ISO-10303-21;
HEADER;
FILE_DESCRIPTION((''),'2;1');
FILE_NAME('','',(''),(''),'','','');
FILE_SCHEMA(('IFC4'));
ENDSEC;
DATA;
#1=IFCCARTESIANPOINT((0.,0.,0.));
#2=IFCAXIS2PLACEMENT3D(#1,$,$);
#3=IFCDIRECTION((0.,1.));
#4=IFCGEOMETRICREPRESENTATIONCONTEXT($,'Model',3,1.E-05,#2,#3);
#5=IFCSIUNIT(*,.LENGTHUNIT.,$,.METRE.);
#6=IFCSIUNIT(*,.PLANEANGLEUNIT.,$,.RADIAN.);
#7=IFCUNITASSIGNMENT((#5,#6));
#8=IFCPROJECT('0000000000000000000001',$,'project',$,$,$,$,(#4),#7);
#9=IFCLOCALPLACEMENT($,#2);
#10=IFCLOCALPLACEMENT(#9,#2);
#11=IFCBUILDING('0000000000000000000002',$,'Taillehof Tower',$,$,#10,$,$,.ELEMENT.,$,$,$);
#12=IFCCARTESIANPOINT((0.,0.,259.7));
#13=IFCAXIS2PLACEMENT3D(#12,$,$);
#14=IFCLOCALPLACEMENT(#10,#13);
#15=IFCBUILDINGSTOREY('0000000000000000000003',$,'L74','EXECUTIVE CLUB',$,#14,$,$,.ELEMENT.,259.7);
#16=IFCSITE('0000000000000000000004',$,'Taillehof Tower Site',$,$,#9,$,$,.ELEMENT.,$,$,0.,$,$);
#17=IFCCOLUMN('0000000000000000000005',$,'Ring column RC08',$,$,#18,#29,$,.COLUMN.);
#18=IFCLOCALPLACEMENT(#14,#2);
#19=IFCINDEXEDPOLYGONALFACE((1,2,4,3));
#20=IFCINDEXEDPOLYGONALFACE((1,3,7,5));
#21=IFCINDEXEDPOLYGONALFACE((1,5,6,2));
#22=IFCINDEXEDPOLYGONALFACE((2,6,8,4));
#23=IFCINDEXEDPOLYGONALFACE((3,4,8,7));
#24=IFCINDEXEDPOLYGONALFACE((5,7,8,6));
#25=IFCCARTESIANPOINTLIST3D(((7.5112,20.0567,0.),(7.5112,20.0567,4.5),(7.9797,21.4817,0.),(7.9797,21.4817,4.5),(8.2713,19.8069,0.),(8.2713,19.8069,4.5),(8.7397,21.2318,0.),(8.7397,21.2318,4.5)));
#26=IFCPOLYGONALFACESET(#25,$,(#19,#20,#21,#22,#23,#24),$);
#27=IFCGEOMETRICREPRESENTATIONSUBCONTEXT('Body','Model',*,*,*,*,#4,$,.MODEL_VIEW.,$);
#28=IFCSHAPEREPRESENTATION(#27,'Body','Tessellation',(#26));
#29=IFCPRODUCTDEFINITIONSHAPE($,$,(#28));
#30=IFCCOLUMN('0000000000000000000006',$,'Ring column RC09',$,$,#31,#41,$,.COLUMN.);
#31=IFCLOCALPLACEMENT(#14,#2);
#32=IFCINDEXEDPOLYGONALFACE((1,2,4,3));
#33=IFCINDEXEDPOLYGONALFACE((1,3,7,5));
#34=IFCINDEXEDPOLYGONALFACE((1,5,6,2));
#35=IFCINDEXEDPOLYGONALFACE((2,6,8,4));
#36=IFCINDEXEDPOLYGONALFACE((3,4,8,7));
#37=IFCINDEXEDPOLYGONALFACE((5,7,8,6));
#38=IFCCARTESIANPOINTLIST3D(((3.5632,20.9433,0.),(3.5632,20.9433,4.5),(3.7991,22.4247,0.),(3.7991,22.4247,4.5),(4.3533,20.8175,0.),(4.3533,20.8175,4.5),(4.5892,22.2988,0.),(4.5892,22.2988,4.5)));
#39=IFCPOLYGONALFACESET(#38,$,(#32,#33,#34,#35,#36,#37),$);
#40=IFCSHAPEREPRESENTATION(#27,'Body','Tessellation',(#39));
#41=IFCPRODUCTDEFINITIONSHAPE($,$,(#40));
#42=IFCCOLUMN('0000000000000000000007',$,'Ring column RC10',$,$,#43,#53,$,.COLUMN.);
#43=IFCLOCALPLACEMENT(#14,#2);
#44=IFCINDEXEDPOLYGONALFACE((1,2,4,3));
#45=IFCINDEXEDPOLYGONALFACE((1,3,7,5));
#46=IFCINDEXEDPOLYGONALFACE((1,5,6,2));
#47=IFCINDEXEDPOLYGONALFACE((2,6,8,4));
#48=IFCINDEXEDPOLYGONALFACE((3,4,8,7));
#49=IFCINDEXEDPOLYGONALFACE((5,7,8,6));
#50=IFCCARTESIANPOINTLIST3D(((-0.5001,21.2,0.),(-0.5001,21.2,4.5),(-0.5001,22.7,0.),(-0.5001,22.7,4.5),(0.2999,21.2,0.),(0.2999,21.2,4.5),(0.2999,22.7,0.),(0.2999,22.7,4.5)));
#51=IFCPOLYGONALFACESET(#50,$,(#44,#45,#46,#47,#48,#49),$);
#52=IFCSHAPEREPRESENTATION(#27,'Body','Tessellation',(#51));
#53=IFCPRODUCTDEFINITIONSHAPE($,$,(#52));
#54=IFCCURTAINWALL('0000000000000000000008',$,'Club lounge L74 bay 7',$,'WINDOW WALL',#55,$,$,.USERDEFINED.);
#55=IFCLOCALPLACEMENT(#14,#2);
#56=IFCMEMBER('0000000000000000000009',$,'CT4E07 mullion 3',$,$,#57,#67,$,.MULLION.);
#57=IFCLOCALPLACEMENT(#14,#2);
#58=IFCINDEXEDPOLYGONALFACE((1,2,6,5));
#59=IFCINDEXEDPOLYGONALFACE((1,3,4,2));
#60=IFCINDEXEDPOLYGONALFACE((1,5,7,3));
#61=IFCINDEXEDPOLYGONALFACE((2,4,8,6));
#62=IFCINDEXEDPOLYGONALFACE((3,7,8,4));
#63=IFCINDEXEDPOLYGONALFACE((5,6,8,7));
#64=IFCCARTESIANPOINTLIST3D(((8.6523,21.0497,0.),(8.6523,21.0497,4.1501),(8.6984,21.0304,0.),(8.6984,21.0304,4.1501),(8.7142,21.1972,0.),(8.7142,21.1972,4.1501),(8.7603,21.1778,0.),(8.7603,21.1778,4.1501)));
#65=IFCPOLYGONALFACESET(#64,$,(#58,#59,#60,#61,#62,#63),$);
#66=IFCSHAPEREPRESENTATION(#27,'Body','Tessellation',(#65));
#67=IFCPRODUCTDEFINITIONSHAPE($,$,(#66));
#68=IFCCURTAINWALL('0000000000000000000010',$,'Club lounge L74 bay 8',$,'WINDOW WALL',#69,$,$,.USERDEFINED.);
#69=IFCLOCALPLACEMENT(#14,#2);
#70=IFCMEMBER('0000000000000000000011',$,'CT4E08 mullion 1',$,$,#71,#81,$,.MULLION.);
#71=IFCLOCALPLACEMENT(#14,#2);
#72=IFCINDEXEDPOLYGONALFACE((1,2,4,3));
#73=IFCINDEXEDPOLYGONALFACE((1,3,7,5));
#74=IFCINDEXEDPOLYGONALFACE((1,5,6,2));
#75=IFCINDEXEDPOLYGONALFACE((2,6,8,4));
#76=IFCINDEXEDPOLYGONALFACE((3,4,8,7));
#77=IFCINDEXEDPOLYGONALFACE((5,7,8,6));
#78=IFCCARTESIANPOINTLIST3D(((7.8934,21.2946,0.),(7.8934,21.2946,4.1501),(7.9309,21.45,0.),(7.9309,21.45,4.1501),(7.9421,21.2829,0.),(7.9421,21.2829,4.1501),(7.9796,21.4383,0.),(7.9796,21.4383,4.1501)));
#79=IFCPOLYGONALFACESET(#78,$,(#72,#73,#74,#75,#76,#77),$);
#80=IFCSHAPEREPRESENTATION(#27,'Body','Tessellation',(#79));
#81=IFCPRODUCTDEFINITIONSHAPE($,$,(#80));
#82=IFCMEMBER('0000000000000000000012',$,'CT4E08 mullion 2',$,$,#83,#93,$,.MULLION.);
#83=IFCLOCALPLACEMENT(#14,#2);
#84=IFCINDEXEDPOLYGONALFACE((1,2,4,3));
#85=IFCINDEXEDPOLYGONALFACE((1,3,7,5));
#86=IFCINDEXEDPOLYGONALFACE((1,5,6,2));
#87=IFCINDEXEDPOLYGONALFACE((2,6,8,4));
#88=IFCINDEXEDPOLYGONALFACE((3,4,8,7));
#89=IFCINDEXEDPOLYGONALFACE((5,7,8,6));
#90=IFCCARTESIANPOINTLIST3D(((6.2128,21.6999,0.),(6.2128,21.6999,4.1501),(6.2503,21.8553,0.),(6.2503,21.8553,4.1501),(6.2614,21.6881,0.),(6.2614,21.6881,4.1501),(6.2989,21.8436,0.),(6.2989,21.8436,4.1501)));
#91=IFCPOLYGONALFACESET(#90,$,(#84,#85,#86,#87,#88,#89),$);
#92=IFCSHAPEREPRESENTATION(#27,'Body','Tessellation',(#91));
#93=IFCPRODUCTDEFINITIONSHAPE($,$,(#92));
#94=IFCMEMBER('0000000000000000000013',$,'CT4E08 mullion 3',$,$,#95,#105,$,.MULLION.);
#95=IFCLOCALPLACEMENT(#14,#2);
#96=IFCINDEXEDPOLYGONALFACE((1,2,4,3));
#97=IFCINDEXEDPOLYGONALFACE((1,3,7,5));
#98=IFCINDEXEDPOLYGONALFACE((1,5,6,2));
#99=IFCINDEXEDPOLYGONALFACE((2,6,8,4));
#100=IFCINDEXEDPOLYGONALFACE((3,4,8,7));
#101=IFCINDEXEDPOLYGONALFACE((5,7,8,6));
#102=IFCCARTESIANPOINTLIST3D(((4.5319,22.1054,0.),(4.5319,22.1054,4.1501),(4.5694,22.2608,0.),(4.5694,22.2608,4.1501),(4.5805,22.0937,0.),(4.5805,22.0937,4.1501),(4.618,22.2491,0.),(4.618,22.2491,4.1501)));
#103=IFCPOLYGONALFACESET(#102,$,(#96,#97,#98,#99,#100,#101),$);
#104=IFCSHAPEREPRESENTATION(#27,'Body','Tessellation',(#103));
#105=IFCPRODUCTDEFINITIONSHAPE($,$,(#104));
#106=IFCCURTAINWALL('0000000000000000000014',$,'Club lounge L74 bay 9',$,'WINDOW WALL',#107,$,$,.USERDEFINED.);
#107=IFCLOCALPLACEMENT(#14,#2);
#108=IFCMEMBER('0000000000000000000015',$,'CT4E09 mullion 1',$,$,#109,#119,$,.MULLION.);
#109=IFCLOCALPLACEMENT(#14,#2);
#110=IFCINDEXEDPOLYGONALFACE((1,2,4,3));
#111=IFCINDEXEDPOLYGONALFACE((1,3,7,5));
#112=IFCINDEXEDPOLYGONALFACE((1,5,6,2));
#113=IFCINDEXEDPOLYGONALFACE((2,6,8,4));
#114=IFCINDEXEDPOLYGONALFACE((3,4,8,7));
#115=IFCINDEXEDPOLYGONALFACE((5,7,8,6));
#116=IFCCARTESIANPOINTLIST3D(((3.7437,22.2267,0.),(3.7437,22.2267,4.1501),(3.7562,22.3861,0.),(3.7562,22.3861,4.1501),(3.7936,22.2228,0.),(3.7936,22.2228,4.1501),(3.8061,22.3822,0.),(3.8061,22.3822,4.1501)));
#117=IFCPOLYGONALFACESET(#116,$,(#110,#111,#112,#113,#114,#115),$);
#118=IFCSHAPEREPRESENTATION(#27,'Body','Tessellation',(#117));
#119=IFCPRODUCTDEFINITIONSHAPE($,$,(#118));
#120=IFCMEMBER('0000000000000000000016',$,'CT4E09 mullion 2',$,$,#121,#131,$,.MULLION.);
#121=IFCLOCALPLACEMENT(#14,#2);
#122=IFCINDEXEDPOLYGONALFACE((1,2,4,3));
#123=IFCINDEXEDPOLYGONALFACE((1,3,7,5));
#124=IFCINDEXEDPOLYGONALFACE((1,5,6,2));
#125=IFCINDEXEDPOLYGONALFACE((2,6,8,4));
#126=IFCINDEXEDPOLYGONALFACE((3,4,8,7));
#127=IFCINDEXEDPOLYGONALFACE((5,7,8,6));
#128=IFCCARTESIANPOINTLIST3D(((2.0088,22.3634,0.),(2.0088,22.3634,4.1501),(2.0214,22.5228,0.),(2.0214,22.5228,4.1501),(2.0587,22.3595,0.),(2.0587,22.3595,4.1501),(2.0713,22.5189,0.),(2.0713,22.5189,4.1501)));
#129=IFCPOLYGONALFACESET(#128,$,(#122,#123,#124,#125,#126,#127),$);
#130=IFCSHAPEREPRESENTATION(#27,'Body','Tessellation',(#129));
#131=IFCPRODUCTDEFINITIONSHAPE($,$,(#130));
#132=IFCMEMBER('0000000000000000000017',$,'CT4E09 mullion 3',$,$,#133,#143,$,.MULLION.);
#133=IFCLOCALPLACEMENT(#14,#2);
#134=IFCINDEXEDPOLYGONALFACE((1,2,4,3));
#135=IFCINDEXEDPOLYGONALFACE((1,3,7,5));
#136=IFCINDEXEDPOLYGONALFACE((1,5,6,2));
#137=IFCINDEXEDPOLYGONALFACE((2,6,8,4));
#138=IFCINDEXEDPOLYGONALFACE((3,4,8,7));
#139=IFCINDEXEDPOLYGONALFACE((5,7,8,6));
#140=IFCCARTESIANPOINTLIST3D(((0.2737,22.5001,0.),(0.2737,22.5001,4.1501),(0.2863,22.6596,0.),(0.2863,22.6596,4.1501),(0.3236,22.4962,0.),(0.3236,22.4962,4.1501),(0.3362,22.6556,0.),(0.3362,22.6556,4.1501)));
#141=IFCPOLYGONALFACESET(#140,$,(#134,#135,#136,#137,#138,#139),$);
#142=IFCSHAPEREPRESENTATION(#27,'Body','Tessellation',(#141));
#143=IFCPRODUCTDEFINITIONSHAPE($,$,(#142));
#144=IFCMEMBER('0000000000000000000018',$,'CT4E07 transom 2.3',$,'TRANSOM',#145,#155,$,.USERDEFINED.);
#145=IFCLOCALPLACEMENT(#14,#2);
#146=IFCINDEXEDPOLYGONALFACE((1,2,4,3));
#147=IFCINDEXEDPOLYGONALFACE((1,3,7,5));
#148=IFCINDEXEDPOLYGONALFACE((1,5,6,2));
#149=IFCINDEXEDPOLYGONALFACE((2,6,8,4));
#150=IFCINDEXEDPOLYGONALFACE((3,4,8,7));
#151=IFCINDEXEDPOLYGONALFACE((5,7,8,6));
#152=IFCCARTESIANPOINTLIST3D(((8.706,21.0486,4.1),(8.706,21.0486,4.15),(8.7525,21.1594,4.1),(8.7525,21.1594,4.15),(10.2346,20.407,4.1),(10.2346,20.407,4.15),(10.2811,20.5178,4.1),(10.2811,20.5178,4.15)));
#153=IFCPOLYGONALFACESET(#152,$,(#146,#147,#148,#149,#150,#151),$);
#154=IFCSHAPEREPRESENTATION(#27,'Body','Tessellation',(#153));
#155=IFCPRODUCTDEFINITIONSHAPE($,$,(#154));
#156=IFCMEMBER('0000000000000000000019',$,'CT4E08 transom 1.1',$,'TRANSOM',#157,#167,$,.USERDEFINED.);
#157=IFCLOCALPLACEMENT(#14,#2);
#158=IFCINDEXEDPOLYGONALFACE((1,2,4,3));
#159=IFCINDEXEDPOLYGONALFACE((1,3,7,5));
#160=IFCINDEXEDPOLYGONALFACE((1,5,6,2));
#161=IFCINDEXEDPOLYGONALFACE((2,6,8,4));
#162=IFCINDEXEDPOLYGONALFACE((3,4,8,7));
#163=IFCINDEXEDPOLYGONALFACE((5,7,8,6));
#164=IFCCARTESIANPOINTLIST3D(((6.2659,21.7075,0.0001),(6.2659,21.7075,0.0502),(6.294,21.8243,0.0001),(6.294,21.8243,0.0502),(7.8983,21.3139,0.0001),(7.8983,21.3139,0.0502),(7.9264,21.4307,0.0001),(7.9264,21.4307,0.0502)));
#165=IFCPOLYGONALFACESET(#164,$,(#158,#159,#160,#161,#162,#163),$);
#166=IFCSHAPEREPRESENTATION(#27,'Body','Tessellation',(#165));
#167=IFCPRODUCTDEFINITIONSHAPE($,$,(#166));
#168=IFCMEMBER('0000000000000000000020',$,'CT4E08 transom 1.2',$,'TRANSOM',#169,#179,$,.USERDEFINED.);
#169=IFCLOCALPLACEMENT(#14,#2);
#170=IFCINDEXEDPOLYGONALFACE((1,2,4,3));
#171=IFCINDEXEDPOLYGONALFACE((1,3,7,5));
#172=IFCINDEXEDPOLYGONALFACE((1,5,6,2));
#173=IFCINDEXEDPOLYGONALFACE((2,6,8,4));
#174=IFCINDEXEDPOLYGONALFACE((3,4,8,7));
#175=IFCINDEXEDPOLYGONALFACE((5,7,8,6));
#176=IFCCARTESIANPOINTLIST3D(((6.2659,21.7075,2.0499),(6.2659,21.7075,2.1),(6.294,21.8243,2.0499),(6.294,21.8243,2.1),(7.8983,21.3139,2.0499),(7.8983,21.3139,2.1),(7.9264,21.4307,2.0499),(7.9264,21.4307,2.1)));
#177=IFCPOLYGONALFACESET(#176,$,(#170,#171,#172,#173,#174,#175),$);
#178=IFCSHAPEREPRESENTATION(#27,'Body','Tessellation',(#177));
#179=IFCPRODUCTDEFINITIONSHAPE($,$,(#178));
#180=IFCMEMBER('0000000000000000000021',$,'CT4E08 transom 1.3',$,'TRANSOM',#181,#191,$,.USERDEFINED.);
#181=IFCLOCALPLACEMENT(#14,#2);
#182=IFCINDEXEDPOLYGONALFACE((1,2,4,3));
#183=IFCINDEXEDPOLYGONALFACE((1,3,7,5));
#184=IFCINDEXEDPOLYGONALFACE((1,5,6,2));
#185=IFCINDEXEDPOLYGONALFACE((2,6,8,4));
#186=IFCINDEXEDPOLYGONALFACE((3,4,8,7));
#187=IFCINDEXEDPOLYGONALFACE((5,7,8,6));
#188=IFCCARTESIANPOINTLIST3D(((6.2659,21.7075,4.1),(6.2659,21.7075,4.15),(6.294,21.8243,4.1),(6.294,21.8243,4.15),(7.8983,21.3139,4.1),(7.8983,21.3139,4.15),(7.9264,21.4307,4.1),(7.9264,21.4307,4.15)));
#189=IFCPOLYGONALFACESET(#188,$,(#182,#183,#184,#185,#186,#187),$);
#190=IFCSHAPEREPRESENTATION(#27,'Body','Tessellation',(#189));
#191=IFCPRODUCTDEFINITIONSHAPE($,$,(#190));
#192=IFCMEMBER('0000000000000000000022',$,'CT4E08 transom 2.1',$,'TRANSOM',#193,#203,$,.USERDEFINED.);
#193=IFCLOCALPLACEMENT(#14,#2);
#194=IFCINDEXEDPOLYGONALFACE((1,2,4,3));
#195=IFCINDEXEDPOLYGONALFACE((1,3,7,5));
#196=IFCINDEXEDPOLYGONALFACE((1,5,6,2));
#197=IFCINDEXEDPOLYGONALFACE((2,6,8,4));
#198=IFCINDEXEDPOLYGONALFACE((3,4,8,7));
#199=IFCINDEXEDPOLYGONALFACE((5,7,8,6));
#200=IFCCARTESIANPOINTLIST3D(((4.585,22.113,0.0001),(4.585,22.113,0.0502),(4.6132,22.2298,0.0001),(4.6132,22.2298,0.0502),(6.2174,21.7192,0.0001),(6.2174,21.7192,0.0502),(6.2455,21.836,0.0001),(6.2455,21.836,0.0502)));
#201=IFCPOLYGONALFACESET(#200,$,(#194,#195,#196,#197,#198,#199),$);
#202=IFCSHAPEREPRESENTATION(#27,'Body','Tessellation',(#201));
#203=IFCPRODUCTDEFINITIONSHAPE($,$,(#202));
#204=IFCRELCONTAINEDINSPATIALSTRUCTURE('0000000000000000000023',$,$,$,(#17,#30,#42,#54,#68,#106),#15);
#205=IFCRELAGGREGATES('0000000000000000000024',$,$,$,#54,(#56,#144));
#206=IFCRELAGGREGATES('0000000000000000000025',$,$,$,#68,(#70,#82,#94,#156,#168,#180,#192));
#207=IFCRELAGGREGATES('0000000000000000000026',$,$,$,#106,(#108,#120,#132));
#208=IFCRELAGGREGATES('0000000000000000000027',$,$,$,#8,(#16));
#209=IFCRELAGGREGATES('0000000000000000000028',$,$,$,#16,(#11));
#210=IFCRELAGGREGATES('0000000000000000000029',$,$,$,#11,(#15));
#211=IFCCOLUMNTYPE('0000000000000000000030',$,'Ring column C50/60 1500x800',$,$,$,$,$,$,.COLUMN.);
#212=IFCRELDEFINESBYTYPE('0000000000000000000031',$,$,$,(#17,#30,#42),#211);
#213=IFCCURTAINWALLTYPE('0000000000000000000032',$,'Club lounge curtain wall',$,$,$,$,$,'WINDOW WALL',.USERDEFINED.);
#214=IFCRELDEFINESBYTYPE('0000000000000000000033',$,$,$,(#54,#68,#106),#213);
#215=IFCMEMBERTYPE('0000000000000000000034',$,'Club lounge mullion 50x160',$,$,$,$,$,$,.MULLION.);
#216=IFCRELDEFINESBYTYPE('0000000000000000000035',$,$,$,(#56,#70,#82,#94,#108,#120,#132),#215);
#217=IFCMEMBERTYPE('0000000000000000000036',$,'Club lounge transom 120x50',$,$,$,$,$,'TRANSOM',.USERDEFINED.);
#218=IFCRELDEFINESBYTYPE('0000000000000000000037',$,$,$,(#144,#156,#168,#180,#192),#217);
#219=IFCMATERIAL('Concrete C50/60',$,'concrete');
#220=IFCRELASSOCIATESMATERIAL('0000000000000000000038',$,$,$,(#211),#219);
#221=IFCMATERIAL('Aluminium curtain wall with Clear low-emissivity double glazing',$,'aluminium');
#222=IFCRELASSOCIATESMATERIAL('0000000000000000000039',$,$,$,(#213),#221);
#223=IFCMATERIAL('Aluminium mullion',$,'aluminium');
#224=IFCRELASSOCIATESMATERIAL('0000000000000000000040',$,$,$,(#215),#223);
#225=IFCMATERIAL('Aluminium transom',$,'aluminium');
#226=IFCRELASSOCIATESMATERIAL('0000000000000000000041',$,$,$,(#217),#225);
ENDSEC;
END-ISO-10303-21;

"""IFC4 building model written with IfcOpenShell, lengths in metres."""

from ifc_helpers import new_model, si_unit, direction, frame, origin, origin_2d, place, context, subcontext, project, spatial, rectangle, extrude, material, material_profile, profile_set, type_object, element, aggregate, save


model = new_model("IFC4")

# Units and contexts
model_context = context("Model", 3, precision=1e-05, world=origin(), true_north=direction((0.0, 1.0)))
body_context = subcontext(model_context, "Body", "Model", "MODEL_VIEW")
ifc_project = project(units=[si_unit("LENGTHUNIT", "METRE"), si_unit("PLANEANGLEUNIT", "RADIAN")], contexts=[model_context])

# Site, building, storey
site_placement = place(None, origin())
site = spatial("IfcSite", under=ifc_project, at=site_placement, Name="Taillehof Tower Site", CompositionType="ELEMENT", RefElevation=0.0)
building_placement = place(site_placement, origin())
building = spatial("IfcBuilding", under=site, at=building_placement, Name="Taillehof Tower", CompositionType="ELEMENT")
storey_placement = place(building_placement, frame((0.0, 0.0, 259.7)))
storey = spatial("IfcBuildingStorey", under=building, at=storey_placement, Name="L74", Description="EXECUTIVE CLUB", CompositionType="ELEMENT", Elevation=259.7)

# Columns
ifc_material_1 = material(Name="Concrete C50/60", Category="concrete")
ifc_material_profile_1 = material_profile(ifc_material_1, rectangle(XDim=1.5, YDim=0.8, at=origin_2d()), Name="RC 1500x800")
ifc_profile_set_1 = profile_set([ifc_material_profile_1], Name="Concrete C50/60")
column_type = type_object("IfcColumnType", Name="Ring column C50/60 1500x800", PredefinedType="COLUMN", material=ifc_profile_set_1)
for number, where, z_axis, x_axis, name in (
    (1, (8.1255, 20.6443, 0.0), (0.0, 0.0, 1.0), (0.312304, 0.949982, 0.0), "Ring column RC08"),
    (2, (4.0762, 21.6211, 0.0), (0.0, 0.0, 1.0), (0.157281, 0.987554, 0.0), "Ring column RC09"),
    (3, (-0.1001, 21.95, 0.0), (0.0, 0.0, 1.0), (0.0, 1.0, 0.0), "Ring column RC10"),
):
    element("IfcColumn", number, at=place(storey_placement, frame(where, z_axis=z_axis, x_axis=x_axis)), inside=storey, type_object=column_type, Name=name, PredefinedType="COLUMN", context=body_context, shape_type="SweptSolid", body=[
        extrude(rectangle(XDim=1.5, YDim=0.8, at=origin_2d()), origin(), (0.0, 0.0, 1.0), 4.5),
    ])

# Curtain wall, member
ifc_material_2 = material(Name="Aluminium curtain wall with Clear low-emissivity double glazing", Category="aluminium")
curtain_wall_type = type_object("IfcCurtainWallType", Name="Club lounge curtain wall", ElementType="WINDOW WALL", PredefinedType="USERDEFINED", material=ifc_material_2)
curtain_wall_1_placement = place(storey_placement, origin())
curtain_wall_1 = element("IfcCurtainWall", 4, at=curtain_wall_1_placement, inside=storey, type_object=curtain_wall_type, Name="Club lounge L74 bay 7", ObjectType="WINDOW WALL", PredefinedType="USERDEFINED")
ifc_material_3 = material(Name="Aluminium mullion", Category="aluminium")
ifc_material_profile_2 = material_profile(ifc_material_3, rectangle(XDim=0.1599, YDim=0.05, at=origin_2d()), Name="AL 50x160")
ifc_profile_set_2 = profile_set([ifc_material_profile_2], Name="Aluminium mullion")
member_type_1 = type_object("IfcMemberType", Name="Club lounge mullion 50x160", PredefinedType="MULLION", material=ifc_profile_set_2)
member_1_placement = place(storey_placement, frame((8.7063, 21.1138, 0.0), z_axis=(0.0, 0.0, 1.0), x_axis=(-0.387101, -0.922037, 0.0)))
member_1 = element("IfcMember", 5, at=member_1_placement, type_object=member_type_1, Name="CT4E07 mullion 3", PredefinedType="MULLION", context=body_context, shape_type="SweptSolid", body=[
    extrude(rectangle(XDim=0.1599, YDim=0.05, at=origin_2d()), origin(), (0.0, 0.0, 1.0), 4.1501),
])

# Curtain walls, members
curtain_wall_2_placement = place(storey_placement, origin())
curtain_wall_2 = element("IfcCurtainWall", 6, at=curtain_wall_2_placement, inside=storey, type_object=curtain_wall_type, Name="Club lounge L74 bay 8", ObjectType="WINDOW WALL", PredefinedType="USERDEFINED")
member_2_placement = place(storey_placement, frame((7.9365, 21.3665, 0.0), z_axis=(0.0, 0.0, 1.0), x_axis=(-0.234515, -0.972113, 0.0)))
member_2 = element("IfcMember", 7, at=member_2_placement, type_object=member_type_1, Name="CT4E08 mullion 1", PredefinedType="MULLION", context=body_context, shape_type="SweptSolid", body=[
    extrude(rectangle(XDim=0.1599, YDim=0.05, at=origin_2d()), origin(), (0.0, 0.0, 1.0), 4.1501),
])
member_3_placement = place(storey_placement, frame((6.2559, 21.7717, 0.0), z_axis=(0.0, 0.0, 1.0), x_axis=(-0.234515, -0.972113, 0.0)))
member_3 = element("IfcMember", 8, at=member_3_placement, type_object=member_type_1, Name="CT4E08 mullion 2", PredefinedType="MULLION", context=body_context, shape_type="SweptSolid", body=[
    extrude(rectangle(XDim=0.1599, YDim=0.05, at=origin_2d()), origin(), (0.0, 0.0, 1.0), 4.1501),
])
member_4_placement = place(storey_placement, frame((4.575, 22.1772, 0.0), z_axis=(0.0, 0.0, 1.0), x_axis=(-0.234515, -0.972113, 0.0)))
member_4 = element("IfcMember", 9, at=member_4_placement, type_object=member_type_1, Name="CT4E08 mullion 3", PredefinedType="MULLION", context=body_context, shape_type="SweptSolid", body=[
    extrude(rectangle(XDim=0.1599, YDim=0.05, at=origin_2d()), origin(), (0.0, 0.0, 1.0), 4.1501),
])
curtain_wall_3_placement = place(storey_placement, origin())
curtain_wall_3 = element("IfcCurtainWall", 10, at=curtain_wall_3_placement, inside=storey, type_object=curtain_wall_type, Name="Club lounge L74 bay 9", ObjectType="WINDOW WALL", PredefinedType="USERDEFINED")
member_5_placement = place(storey_placement, frame((3.7749, 22.3044, 0.0), z_axis=(0.0, 0.0, 1.0), x_axis=(-0.078525, -0.996912, 0.0)))
member_5 = element("IfcMember", 11, at=member_5_placement, type_object=member_type_1, Name="CT4E09 mullion 1", PredefinedType="MULLION", context=body_context, shape_type="SweptSolid", body=[
    extrude(rectangle(XDim=0.1599, YDim=0.05, at=origin_2d()), origin(), (0.0, 0.0, 1.0), 4.1501),
])
member_6_placement = place(storey_placement, frame((2.04, 22.4412, 0.0), z_axis=(0.0, 0.0, 1.0), x_axis=(-0.078525, -0.996912, 0.0)))
member_6 = element("IfcMember", 12, at=member_6_placement, type_object=member_type_1, Name="CT4E09 mullion 2", PredefinedType="MULLION", context=body_context, shape_type="SweptSolid", body=[
    extrude(rectangle(XDim=0.1599, YDim=0.05, at=origin_2d()), origin(), (0.0, 0.0, 1.0), 4.1501),
])
member_7_placement = place(storey_placement, frame((0.3049, 22.5779, 0.0), z_axis=(0.0, 0.0, 1.0), x_axis=(-0.078525, -0.996912, 0.0)))
member_7 = element("IfcMember", 13, at=member_7_placement, type_object=member_type_1, Name="CT4E09 mullion 3", PredefinedType="MULLION", context=body_context, shape_type="SweptSolid", body=[
    extrude(rectangle(XDim=0.1599, YDim=0.05, at=origin_2d()), origin(), (0.0, 0.0, 1.0), 4.1501),
])

# Members
ifc_material_4 = material(Name="Aluminium transom", Category="aluminium")
ifc_material_profile_3 = material_profile(ifc_material_4, rectangle(XDim=0.1201, YDim=0.05, at=origin_2d()), Name="AL 120x50")
ifc_profile_set_3 = profile_set([ifc_material_profile_3], Name="Aluminium transom")
member_type_2 = type_object("IfcMemberType", Name="Club lounge transom 120x50", ElementType="TRANSOM", PredefinedType="USERDEFINED", material=ifc_profile_set_3)
member_8_placement = place(storey_placement, frame((10.2578, 20.4624, 4.125), z_axis=(-0.922067, 0.38703, 0.0), x_axis=(-0.38703, -0.922067, 0.0)))
member_8 = element("IfcMember", 14, at=member_8_placement, type_object=member_type_2, Name="CT4E07 transom 2.3", ObjectType="TRANSOM", PredefinedType="USERDEFINED", context=body_context, shape_type="SweptSolid", body=[
    extrude(rectangle(XDim=0.1201, YDim=0.05, at=origin_2d()), origin(), (0.0, 0.0, 1.0), 1.6577),
])
member_9_placement = place(storey_placement, frame((7.9124, 21.3723, 0.0251), z_axis=(-0.972144, 0.234385, 0.0), x_axis=(-0.234385, -0.972144, 0.0)))
member_9 = element("IfcMember", 15, at=member_9_placement, type_object=member_type_2, Name="CT4E08 transom 1.1", ObjectType="TRANSOM", PredefinedType="USERDEFINED", context=body_context, shape_type="SweptSolid", body=[
    extrude(rectangle(XDim=0.1201, YDim=0.05, at=origin_2d()), origin(), (0.0, 0.0, 1.0), 1.6792),
])
member_10_placement = place(storey_placement, frame((7.9124, 21.3723, 2.075), z_axis=(-0.972144, 0.234385, 0.0), x_axis=(-0.234385, -0.972144, 0.0)))
member_10 = element("IfcMember", 16, at=member_10_placement, type_object=member_type_2, Name="CT4E08 transom 1.2", ObjectType="TRANSOM", PredefinedType="USERDEFINED", context=body_context, shape_type="SweptSolid", body=[
    extrude(rectangle(XDim=0.1201, YDim=0.05, at=origin_2d()), origin(), (0.0, 0.0, 1.0), 1.6792),
])
member_11_placement = place(storey_placement, frame((7.9124, 21.3723, 4.125), z_axis=(-0.972144, 0.234385, 0.0), x_axis=(-0.234385, -0.972144, 0.0)))
member_11 = element("IfcMember", 17, at=member_11_placement, type_object=member_type_2, Name="CT4E08 transom 1.3", ObjectType="TRANSOM", PredefinedType="USERDEFINED", context=body_context, shape_type="SweptSolid", body=[
    extrude(rectangle(XDim=0.1201, YDim=0.05, at=origin_2d()), origin(), (0.0, 0.0, 1.0), 1.6792),
])
member_12_placement = place(storey_placement, frame((6.2314, 21.7776, 0.0251), z_axis=(-0.972111, 0.234522, 0.0), x_axis=(-0.234522, -0.972111, 0.0)))
member_12 = element("IfcMember", 18, at=member_12_placement, type_object=member_type_2, Name="CT4E08 transom 2.1", ObjectType="TRANSOM", PredefinedType="USERDEFINED", context=body_context, shape_type="SweptSolid", body=[
    extrude(rectangle(XDim=0.1201, YDim=0.05, at=origin_2d()), origin(), (0.0, 0.0, 1.0), 1.6792),
])

aggregate(curtain_wall_1, [member_1, member_8])
aggregate(curtain_wall_2, [member_2, member_3, member_4, member_9, member_10, member_11, member_12])
aggregate(curtain_wall_3, [member_5, member_6, member_7])

save(model, "model.ifc")
